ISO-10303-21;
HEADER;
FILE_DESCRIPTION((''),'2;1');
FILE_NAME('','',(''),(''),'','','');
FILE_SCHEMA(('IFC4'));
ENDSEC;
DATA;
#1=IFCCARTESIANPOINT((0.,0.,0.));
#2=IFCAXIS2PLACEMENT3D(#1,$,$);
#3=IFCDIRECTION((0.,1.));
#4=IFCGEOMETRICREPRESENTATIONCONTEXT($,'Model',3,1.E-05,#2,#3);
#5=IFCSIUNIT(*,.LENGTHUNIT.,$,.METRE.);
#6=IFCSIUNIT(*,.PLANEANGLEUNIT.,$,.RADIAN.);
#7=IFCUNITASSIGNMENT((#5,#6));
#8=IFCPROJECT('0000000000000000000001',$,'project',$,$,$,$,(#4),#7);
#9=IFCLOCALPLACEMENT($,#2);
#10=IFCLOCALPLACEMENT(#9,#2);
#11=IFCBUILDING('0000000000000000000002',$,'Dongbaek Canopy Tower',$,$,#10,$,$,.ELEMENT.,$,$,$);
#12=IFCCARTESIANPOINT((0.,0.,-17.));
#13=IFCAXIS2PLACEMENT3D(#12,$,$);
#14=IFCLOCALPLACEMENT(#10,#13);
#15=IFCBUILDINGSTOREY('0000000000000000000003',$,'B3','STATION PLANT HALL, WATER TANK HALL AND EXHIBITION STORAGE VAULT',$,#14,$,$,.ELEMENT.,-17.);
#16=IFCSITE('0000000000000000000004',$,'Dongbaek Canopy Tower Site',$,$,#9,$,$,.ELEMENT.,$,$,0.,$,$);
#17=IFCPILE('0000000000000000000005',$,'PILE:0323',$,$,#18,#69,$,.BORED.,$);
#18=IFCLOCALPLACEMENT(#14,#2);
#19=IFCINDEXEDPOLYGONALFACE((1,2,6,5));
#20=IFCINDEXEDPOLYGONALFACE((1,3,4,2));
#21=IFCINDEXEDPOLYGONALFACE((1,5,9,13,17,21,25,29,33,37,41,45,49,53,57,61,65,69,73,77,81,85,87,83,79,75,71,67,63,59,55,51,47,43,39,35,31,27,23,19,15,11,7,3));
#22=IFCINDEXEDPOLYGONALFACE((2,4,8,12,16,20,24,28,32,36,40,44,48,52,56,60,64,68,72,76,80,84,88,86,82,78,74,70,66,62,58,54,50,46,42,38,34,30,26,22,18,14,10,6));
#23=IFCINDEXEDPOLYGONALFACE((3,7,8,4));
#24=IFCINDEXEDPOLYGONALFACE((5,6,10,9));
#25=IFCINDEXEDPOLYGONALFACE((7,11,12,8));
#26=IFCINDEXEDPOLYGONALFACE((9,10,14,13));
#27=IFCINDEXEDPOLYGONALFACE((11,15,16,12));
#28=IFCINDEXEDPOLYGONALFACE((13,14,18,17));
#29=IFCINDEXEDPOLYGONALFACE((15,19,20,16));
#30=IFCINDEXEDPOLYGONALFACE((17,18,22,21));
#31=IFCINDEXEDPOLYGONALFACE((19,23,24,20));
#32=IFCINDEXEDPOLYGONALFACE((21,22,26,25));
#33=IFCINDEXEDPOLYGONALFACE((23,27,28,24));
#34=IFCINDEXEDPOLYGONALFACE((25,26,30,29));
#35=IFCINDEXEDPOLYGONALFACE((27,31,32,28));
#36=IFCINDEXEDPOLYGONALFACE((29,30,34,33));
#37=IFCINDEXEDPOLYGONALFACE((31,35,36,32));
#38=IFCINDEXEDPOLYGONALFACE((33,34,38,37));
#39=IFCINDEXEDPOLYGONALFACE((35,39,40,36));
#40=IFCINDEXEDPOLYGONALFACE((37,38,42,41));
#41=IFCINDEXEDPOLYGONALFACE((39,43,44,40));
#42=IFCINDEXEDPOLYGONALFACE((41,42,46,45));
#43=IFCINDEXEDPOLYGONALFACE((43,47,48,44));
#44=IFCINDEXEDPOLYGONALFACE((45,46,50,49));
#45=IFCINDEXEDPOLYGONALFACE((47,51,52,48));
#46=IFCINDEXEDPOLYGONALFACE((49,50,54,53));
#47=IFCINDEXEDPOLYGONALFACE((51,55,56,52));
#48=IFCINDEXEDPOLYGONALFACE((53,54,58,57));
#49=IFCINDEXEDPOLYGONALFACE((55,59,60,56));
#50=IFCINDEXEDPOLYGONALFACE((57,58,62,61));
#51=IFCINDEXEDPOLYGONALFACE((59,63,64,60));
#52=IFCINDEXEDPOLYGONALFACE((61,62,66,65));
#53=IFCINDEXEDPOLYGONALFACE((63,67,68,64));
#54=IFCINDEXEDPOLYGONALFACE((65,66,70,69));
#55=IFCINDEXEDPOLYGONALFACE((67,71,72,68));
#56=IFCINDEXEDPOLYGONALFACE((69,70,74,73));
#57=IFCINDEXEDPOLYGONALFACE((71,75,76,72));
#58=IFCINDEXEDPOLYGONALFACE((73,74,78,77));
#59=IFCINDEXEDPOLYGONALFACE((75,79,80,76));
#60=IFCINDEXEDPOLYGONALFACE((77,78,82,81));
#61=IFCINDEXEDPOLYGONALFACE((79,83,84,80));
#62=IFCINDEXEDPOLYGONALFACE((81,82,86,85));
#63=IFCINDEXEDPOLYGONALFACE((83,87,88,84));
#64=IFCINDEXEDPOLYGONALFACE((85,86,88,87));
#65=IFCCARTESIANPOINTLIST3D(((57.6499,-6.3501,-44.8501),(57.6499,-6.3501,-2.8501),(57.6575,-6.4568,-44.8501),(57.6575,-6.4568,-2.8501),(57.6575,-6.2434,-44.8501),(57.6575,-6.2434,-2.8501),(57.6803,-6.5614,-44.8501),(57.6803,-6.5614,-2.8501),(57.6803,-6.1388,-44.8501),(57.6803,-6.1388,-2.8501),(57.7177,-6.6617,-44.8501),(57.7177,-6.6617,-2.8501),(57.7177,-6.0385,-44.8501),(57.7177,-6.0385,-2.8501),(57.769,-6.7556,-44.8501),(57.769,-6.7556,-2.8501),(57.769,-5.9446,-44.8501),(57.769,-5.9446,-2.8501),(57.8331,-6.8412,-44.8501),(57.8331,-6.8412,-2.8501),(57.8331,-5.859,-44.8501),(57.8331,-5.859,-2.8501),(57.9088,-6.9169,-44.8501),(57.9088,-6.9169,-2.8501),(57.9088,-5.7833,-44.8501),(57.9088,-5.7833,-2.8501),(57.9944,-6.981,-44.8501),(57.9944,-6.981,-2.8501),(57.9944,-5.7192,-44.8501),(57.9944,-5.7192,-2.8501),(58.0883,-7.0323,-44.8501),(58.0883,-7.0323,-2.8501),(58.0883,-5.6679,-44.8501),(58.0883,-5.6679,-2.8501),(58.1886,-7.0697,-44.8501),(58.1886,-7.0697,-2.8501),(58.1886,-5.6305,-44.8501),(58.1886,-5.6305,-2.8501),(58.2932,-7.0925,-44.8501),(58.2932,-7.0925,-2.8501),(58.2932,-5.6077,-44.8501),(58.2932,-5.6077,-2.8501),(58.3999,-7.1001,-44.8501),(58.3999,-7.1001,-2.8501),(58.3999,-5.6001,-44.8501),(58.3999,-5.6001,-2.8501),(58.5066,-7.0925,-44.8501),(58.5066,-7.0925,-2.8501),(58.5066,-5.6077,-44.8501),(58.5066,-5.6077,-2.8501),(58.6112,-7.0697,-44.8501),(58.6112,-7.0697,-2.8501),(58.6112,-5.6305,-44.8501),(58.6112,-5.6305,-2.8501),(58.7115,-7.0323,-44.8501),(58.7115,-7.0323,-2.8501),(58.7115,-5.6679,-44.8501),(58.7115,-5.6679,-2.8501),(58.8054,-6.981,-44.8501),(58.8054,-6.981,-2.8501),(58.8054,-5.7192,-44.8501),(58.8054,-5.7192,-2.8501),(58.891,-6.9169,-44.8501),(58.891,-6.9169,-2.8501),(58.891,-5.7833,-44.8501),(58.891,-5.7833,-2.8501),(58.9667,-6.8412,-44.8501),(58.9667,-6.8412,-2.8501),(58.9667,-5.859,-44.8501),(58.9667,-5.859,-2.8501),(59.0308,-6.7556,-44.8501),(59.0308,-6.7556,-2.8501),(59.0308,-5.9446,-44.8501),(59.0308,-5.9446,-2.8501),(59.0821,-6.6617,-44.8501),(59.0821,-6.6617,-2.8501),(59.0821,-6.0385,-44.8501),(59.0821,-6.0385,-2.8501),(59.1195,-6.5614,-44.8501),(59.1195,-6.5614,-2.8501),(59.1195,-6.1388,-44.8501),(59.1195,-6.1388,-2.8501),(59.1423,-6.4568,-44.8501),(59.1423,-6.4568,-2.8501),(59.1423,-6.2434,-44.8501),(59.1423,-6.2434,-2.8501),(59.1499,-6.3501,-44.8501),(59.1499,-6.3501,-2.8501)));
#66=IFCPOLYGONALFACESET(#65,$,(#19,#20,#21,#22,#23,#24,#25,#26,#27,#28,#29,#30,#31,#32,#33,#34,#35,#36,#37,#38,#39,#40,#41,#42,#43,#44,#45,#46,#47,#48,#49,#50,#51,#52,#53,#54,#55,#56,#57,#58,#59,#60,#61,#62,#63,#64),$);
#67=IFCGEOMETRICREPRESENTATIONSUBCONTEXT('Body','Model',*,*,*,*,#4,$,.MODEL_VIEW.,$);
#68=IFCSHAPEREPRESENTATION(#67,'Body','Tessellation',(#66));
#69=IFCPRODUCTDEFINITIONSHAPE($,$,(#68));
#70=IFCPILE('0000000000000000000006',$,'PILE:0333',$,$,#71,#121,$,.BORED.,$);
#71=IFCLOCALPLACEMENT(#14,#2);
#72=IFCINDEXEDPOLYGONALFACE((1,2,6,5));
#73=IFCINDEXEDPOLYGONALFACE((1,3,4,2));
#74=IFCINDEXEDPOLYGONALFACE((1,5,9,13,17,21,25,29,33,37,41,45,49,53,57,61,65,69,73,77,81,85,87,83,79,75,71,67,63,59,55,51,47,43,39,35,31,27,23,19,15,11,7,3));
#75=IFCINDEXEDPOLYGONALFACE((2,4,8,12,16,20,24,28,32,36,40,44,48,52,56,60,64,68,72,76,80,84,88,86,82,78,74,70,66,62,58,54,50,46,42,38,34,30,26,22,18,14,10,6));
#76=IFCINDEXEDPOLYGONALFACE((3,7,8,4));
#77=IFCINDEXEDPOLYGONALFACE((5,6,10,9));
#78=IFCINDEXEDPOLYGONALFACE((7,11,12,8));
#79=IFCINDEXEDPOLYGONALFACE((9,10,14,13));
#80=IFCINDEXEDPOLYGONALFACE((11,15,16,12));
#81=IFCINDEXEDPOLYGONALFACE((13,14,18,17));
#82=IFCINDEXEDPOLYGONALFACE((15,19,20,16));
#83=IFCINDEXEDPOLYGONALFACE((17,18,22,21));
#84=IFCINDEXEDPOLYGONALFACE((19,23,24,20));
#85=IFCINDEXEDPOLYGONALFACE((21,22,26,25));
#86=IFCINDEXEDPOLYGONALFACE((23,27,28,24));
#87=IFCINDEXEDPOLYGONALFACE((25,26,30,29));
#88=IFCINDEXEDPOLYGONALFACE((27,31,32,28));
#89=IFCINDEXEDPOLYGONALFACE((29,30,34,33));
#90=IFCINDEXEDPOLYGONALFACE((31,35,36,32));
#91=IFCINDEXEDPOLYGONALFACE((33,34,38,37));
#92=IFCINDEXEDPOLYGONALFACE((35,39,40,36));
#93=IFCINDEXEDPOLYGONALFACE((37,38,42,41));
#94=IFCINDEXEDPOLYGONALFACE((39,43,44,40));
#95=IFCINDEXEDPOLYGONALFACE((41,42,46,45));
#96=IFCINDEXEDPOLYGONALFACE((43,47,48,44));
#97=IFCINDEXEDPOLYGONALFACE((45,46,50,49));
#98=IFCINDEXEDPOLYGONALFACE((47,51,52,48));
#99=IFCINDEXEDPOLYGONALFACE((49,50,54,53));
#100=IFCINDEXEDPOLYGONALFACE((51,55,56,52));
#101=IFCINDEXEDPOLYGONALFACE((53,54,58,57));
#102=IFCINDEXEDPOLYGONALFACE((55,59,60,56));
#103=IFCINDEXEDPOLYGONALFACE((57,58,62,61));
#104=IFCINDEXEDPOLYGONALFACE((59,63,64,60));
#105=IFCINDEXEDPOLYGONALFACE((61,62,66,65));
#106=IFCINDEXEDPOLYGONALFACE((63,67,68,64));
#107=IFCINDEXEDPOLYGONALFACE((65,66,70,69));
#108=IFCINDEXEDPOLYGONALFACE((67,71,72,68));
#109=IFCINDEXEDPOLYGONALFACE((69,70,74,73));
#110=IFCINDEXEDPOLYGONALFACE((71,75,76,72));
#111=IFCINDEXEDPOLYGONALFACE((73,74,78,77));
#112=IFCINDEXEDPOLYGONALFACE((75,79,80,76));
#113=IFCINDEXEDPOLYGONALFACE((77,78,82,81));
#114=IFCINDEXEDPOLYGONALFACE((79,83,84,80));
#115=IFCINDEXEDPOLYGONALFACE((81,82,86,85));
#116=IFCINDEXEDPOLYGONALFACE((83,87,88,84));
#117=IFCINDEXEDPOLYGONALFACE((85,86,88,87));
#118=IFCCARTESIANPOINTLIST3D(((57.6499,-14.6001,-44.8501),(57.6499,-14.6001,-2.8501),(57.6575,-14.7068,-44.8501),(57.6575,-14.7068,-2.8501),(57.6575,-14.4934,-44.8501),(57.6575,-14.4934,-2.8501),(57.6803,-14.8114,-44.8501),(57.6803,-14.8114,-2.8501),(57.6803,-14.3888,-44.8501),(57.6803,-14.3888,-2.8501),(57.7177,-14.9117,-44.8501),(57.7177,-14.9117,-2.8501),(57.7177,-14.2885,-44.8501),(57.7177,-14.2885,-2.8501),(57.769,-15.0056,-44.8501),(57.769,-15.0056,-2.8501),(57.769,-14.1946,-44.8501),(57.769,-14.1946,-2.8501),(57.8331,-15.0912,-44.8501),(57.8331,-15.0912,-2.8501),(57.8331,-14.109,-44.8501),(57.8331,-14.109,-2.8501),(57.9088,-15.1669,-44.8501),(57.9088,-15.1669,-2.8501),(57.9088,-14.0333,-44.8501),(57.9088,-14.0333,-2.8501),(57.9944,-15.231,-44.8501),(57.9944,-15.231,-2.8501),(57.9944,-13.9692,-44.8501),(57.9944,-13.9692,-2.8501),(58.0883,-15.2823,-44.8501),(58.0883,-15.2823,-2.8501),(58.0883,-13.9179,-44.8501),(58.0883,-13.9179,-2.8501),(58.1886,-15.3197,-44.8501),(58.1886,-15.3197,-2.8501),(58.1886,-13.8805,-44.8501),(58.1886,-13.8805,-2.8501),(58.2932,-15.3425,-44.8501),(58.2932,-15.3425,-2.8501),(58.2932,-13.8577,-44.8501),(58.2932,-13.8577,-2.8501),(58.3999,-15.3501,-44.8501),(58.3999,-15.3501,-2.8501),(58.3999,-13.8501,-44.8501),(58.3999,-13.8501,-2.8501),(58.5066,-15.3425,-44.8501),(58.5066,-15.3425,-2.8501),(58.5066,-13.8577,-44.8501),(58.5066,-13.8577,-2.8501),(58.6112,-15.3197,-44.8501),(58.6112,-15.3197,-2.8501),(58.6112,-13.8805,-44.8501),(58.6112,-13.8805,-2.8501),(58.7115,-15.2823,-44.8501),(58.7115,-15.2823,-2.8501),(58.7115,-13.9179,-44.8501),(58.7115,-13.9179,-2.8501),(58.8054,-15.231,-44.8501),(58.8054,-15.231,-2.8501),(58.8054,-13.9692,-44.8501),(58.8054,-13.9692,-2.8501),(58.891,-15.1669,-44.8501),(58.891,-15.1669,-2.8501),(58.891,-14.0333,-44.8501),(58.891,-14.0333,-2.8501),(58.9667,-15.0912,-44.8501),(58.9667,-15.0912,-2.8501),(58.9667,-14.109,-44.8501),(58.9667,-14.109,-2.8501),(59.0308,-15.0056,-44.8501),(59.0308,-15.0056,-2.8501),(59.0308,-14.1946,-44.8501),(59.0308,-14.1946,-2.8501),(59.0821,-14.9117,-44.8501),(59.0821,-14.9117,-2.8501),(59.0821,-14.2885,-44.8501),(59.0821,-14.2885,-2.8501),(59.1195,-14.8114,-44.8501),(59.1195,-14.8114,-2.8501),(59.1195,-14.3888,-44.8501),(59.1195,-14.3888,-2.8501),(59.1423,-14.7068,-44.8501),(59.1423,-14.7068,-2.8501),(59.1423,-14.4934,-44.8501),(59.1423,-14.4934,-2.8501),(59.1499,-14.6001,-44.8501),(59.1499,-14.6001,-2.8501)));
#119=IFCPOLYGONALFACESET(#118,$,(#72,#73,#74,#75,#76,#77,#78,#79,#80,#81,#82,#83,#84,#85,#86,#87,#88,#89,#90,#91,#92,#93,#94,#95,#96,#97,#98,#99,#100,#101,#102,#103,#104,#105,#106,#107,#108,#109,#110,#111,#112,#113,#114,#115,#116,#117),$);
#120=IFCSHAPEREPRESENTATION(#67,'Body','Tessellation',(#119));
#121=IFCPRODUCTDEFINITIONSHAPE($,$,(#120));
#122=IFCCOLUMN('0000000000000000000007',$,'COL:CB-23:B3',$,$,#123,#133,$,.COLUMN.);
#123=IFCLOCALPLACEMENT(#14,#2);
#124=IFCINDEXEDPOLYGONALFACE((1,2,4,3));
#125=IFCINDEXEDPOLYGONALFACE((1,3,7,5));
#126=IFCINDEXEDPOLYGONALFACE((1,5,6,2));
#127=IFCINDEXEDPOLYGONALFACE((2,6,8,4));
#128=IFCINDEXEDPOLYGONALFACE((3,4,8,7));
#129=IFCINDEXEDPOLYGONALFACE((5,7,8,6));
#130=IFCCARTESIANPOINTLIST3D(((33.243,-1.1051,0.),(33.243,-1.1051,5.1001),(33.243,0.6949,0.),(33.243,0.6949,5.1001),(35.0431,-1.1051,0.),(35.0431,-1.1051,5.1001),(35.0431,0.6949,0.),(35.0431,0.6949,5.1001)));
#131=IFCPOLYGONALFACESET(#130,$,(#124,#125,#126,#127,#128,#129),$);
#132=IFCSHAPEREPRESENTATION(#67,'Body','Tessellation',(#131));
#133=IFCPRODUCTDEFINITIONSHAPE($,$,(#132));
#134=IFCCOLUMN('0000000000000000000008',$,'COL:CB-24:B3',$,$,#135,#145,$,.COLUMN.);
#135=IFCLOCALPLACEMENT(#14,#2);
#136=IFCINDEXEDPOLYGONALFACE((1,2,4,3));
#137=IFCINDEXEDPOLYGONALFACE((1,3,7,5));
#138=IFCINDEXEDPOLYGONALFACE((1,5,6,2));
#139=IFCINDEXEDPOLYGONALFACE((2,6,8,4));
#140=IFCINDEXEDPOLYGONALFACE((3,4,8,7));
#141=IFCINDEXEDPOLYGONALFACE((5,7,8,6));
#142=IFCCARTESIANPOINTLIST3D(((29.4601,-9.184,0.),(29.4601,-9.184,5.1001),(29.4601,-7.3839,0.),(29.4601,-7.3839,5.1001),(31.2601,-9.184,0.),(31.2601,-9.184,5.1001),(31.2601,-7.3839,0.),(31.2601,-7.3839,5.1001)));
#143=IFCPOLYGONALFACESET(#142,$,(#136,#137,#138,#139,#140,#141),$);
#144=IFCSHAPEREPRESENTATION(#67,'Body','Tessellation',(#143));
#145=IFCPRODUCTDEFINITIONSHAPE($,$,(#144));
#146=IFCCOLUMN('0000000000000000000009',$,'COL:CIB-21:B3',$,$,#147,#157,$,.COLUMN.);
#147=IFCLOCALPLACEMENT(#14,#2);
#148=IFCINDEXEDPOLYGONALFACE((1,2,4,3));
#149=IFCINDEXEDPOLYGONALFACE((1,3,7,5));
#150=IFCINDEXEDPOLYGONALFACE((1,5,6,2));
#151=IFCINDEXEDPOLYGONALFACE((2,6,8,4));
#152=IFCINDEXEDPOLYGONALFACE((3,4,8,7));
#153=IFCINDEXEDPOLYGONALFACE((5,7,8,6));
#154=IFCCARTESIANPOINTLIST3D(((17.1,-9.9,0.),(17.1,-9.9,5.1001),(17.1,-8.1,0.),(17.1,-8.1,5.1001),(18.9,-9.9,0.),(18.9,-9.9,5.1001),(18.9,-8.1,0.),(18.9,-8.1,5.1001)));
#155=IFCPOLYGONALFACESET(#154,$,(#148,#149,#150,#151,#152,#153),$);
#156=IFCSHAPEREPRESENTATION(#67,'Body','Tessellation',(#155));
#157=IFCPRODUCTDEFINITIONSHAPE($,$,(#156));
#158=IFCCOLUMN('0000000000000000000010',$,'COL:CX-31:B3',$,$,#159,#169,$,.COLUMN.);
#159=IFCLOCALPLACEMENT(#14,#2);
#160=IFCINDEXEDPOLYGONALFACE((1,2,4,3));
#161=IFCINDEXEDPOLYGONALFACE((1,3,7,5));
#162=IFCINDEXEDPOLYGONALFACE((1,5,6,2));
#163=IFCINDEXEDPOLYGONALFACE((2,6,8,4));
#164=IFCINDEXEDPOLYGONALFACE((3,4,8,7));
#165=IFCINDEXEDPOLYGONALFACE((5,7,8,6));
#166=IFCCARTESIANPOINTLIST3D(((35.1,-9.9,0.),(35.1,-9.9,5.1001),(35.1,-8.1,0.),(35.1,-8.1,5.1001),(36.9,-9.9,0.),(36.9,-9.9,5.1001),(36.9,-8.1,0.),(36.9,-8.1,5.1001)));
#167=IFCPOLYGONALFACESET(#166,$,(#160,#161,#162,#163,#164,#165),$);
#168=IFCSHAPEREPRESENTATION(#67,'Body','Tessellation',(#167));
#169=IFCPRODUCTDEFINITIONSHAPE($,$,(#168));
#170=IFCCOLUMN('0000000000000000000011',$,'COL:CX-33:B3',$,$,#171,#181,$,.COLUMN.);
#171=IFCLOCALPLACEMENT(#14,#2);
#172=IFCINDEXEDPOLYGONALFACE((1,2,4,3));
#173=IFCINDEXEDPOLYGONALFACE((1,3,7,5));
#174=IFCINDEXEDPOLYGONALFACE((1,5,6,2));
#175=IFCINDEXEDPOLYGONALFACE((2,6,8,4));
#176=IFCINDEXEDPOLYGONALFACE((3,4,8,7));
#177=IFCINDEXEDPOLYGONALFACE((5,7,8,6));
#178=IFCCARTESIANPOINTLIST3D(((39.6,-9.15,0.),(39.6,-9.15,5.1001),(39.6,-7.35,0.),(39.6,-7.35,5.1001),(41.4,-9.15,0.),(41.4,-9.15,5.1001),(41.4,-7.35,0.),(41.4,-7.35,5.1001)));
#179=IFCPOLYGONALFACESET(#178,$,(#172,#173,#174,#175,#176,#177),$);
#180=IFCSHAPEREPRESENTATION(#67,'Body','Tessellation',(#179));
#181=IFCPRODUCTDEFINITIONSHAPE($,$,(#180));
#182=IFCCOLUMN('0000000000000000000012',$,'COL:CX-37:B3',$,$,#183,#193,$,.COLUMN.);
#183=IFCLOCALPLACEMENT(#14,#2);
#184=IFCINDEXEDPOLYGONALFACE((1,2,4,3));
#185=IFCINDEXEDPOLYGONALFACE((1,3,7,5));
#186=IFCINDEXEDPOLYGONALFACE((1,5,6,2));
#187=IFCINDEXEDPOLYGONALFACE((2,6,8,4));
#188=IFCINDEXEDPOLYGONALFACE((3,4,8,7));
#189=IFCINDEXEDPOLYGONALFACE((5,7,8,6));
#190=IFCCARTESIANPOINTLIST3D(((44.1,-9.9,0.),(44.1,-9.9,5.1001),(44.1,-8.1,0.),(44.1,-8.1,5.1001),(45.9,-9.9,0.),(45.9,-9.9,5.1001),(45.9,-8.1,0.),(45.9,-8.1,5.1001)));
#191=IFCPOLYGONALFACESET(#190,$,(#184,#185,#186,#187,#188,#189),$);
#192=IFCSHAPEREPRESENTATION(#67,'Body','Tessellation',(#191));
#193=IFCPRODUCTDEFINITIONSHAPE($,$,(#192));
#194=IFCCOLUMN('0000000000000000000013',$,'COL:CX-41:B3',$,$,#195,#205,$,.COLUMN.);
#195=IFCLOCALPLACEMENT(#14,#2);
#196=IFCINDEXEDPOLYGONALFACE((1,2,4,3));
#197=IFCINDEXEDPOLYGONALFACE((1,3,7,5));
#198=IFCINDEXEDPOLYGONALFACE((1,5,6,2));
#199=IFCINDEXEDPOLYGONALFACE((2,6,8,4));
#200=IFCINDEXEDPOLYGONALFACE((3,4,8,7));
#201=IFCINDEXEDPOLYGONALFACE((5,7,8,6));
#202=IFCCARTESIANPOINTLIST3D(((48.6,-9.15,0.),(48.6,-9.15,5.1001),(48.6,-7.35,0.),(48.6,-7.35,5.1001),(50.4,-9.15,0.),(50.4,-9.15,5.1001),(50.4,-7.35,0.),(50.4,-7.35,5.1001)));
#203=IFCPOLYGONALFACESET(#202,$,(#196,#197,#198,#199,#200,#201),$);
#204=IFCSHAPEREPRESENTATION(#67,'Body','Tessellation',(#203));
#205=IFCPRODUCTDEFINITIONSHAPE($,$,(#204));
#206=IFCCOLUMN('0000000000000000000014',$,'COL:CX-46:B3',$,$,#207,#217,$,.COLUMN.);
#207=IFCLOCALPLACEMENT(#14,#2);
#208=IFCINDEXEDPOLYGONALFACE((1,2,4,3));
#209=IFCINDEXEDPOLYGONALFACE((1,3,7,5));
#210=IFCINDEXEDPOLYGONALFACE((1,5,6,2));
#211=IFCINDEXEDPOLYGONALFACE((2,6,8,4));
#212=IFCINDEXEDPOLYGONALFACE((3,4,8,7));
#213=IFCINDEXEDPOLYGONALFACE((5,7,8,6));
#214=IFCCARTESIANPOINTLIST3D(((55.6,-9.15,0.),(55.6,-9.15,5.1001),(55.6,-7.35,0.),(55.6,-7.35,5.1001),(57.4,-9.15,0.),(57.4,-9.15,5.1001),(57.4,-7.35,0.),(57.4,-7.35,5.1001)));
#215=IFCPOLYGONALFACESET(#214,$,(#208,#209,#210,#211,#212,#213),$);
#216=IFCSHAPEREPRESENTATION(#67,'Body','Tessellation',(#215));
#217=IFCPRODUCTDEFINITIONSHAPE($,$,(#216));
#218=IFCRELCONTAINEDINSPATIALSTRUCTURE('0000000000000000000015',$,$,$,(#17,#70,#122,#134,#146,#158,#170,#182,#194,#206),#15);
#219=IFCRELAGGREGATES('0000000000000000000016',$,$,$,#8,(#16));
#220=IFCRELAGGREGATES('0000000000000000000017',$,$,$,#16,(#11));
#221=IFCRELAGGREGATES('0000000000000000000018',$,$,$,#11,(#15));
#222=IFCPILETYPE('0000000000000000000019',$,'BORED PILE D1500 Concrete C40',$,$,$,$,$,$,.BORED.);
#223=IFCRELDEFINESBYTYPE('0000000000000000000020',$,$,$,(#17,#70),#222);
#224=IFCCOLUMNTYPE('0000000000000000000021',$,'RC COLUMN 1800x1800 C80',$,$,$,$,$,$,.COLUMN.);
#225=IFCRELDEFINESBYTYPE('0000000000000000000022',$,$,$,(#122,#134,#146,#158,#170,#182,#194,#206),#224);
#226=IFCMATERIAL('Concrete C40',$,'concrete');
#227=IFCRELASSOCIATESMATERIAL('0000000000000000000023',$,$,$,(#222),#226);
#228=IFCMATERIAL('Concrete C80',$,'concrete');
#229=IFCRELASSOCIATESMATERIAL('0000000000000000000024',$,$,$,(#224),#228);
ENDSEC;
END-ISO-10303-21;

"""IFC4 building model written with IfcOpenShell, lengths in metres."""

from ifc_helpers import new_model, si_unit, direction, frame, origin, origin_2d, place, context, subcontext, project, spatial, rectangle, circle, extrude, material, material_profile, profile_set, type_object, element, save


model = new_model("IFC4")

# Units and contexts
model_context = context("Model", 3, precision=1e-05, world=origin(), true_north=direction((0.0, 1.0)))
body_context = subcontext(model_context, "Body", "Model", "MODEL_VIEW")
ifc_project = project(units=[si_unit("LENGTHUNIT", "METRE"), si_unit("PLANEANGLEUNIT", "RADIAN")], contexts=[model_context])

# Site, building, storey
site_placement = place(None, origin())
site = spatial("IfcSite", under=ifc_project, at=site_placement, Name="Dongbaek Canopy Tower Site", CompositionType="ELEMENT", RefElevation=0.0)
building_placement = place(site_placement, origin())
building = spatial("IfcBuilding", under=site, at=building_placement, Name="Dongbaek Canopy Tower", CompositionType="ELEMENT")
storey_placement = place(building_placement, frame((0.0, 0.0, -17.0)))
storey = spatial("IfcBuildingStorey", under=building, at=storey_placement, Name="B3", Description="STATION PLANT HALL, WATER TANK HALL AND EXHIBITION STORAGE VAULT", CompositionType="ELEMENT", Elevation=-17.0)

# Piles
ifc_material_1 = material(Name="Concrete C40", Category="concrete")
ifc_material_profile_1 = material_profile(ifc_material_1, circle(Radius=0.75, at=origin_2d()), Name="BORED PILE D1500 Concrete C40")
ifc_profile_set_1 = profile_set([ifc_material_profile_1], Name="Concrete C40")
pile_type = type_object("IfcPileType", Name="BORED PILE D1500 Concrete C40", PredefinedType="BORED", material=ifc_profile_set_1)
for number, where, z_axis, x_axis, name in (
    (1, (58.3999, -6.3501, -2.8501), (0.0, 0.0, -1.0), (1.0, 0.0, 0.0), "PILE:0323"),
    (2, (58.3999, -14.6001, -2.8501), (0.0, 0.0, -1.0), (1.0, 0.0, 0.0), "PILE:0333"),
):
    element("IfcPile", number, at=place(storey_placement, frame(where, z_axis=z_axis, x_axis=x_axis)), inside=storey, type_object=pile_type, Name=name, PredefinedType="BORED", context=body_context, shape_type="SweptSolid", body=[
        extrude(circle(Radius=0.75, at=origin_2d()), origin(), (0.0, 0.0, 1.0), 42.0),
    ])

# Columns
ifc_material_2 = material(Name="Concrete C80", Category="concrete")
ifc_material_profile_2 = material_profile(ifc_material_2, rectangle(XDim=1.8, YDim=1.8, at=origin_2d()), Name="RC COLUMN 1800x1800 C80")
ifc_profile_set_2 = profile_set([ifc_material_profile_2], Name="Concrete C80")
column_type = type_object("IfcColumnType", Name="RC COLUMN 1800x1800 C80", PredefinedType="COLUMN", material=ifc_profile_set_2)
for number, where, z_axis, x_axis, name in (
    (3, (34.1431, -0.2051, 0.0), (0.0, 0.0, 1.0), (1.0, 0.0, 0.0), "COL:CB-23:B3"),
    (4, (30.3601, -8.2839, 0.0), (0.0, 0.0, 1.0), (1.0, 0.0, 0.0), "COL:CB-24:B3"),
    (5, (18.0, -9.0, 0.0), (0.0, 0.0, 1.0), (1.0, 0.0, 0.0), "COL:CIB-21:B3"),
    (6, (36.0, -9.0, 0.0), (0.0, 0.0, 1.0), (1.0, 0.0, 0.0), "COL:CX-31:B3"),
    (7, (40.5, -8.25, 0.0), (0.0, 0.0, 1.0), (1.0, 0.0, 0.0), "COL:CX-33:B3"),
    (8, (45.0, -9.0, 0.0), (0.0, 0.0, 1.0), (1.0, 0.0, 0.0), "COL:CX-37:B3"),
    (9, (49.5, -8.25, 0.0), (0.0, 0.0, 1.0), (1.0, 0.0, 0.0), "COL:CX-41:B3"),
    (10, (56.5, -8.25, 0.0), (0.0, 0.0, 1.0), (1.0, 0.0, 0.0), "COL:CX-46:B3"),
):
    element("IfcColumn", number, at=place(storey_placement, frame(where, z_axis=z_axis, x_axis=x_axis)), inside=storey, type_object=column_type, Name=name, PredefinedType="COLUMN", context=body_context, shape_type="SweptSolid", body=[
        extrude(rectangle(XDim=1.8, YDim=1.8, at=origin_2d()), origin(), (0.0, 0.0, 1.0), 5.1001),
    ])

save(model, "model.ifc")
